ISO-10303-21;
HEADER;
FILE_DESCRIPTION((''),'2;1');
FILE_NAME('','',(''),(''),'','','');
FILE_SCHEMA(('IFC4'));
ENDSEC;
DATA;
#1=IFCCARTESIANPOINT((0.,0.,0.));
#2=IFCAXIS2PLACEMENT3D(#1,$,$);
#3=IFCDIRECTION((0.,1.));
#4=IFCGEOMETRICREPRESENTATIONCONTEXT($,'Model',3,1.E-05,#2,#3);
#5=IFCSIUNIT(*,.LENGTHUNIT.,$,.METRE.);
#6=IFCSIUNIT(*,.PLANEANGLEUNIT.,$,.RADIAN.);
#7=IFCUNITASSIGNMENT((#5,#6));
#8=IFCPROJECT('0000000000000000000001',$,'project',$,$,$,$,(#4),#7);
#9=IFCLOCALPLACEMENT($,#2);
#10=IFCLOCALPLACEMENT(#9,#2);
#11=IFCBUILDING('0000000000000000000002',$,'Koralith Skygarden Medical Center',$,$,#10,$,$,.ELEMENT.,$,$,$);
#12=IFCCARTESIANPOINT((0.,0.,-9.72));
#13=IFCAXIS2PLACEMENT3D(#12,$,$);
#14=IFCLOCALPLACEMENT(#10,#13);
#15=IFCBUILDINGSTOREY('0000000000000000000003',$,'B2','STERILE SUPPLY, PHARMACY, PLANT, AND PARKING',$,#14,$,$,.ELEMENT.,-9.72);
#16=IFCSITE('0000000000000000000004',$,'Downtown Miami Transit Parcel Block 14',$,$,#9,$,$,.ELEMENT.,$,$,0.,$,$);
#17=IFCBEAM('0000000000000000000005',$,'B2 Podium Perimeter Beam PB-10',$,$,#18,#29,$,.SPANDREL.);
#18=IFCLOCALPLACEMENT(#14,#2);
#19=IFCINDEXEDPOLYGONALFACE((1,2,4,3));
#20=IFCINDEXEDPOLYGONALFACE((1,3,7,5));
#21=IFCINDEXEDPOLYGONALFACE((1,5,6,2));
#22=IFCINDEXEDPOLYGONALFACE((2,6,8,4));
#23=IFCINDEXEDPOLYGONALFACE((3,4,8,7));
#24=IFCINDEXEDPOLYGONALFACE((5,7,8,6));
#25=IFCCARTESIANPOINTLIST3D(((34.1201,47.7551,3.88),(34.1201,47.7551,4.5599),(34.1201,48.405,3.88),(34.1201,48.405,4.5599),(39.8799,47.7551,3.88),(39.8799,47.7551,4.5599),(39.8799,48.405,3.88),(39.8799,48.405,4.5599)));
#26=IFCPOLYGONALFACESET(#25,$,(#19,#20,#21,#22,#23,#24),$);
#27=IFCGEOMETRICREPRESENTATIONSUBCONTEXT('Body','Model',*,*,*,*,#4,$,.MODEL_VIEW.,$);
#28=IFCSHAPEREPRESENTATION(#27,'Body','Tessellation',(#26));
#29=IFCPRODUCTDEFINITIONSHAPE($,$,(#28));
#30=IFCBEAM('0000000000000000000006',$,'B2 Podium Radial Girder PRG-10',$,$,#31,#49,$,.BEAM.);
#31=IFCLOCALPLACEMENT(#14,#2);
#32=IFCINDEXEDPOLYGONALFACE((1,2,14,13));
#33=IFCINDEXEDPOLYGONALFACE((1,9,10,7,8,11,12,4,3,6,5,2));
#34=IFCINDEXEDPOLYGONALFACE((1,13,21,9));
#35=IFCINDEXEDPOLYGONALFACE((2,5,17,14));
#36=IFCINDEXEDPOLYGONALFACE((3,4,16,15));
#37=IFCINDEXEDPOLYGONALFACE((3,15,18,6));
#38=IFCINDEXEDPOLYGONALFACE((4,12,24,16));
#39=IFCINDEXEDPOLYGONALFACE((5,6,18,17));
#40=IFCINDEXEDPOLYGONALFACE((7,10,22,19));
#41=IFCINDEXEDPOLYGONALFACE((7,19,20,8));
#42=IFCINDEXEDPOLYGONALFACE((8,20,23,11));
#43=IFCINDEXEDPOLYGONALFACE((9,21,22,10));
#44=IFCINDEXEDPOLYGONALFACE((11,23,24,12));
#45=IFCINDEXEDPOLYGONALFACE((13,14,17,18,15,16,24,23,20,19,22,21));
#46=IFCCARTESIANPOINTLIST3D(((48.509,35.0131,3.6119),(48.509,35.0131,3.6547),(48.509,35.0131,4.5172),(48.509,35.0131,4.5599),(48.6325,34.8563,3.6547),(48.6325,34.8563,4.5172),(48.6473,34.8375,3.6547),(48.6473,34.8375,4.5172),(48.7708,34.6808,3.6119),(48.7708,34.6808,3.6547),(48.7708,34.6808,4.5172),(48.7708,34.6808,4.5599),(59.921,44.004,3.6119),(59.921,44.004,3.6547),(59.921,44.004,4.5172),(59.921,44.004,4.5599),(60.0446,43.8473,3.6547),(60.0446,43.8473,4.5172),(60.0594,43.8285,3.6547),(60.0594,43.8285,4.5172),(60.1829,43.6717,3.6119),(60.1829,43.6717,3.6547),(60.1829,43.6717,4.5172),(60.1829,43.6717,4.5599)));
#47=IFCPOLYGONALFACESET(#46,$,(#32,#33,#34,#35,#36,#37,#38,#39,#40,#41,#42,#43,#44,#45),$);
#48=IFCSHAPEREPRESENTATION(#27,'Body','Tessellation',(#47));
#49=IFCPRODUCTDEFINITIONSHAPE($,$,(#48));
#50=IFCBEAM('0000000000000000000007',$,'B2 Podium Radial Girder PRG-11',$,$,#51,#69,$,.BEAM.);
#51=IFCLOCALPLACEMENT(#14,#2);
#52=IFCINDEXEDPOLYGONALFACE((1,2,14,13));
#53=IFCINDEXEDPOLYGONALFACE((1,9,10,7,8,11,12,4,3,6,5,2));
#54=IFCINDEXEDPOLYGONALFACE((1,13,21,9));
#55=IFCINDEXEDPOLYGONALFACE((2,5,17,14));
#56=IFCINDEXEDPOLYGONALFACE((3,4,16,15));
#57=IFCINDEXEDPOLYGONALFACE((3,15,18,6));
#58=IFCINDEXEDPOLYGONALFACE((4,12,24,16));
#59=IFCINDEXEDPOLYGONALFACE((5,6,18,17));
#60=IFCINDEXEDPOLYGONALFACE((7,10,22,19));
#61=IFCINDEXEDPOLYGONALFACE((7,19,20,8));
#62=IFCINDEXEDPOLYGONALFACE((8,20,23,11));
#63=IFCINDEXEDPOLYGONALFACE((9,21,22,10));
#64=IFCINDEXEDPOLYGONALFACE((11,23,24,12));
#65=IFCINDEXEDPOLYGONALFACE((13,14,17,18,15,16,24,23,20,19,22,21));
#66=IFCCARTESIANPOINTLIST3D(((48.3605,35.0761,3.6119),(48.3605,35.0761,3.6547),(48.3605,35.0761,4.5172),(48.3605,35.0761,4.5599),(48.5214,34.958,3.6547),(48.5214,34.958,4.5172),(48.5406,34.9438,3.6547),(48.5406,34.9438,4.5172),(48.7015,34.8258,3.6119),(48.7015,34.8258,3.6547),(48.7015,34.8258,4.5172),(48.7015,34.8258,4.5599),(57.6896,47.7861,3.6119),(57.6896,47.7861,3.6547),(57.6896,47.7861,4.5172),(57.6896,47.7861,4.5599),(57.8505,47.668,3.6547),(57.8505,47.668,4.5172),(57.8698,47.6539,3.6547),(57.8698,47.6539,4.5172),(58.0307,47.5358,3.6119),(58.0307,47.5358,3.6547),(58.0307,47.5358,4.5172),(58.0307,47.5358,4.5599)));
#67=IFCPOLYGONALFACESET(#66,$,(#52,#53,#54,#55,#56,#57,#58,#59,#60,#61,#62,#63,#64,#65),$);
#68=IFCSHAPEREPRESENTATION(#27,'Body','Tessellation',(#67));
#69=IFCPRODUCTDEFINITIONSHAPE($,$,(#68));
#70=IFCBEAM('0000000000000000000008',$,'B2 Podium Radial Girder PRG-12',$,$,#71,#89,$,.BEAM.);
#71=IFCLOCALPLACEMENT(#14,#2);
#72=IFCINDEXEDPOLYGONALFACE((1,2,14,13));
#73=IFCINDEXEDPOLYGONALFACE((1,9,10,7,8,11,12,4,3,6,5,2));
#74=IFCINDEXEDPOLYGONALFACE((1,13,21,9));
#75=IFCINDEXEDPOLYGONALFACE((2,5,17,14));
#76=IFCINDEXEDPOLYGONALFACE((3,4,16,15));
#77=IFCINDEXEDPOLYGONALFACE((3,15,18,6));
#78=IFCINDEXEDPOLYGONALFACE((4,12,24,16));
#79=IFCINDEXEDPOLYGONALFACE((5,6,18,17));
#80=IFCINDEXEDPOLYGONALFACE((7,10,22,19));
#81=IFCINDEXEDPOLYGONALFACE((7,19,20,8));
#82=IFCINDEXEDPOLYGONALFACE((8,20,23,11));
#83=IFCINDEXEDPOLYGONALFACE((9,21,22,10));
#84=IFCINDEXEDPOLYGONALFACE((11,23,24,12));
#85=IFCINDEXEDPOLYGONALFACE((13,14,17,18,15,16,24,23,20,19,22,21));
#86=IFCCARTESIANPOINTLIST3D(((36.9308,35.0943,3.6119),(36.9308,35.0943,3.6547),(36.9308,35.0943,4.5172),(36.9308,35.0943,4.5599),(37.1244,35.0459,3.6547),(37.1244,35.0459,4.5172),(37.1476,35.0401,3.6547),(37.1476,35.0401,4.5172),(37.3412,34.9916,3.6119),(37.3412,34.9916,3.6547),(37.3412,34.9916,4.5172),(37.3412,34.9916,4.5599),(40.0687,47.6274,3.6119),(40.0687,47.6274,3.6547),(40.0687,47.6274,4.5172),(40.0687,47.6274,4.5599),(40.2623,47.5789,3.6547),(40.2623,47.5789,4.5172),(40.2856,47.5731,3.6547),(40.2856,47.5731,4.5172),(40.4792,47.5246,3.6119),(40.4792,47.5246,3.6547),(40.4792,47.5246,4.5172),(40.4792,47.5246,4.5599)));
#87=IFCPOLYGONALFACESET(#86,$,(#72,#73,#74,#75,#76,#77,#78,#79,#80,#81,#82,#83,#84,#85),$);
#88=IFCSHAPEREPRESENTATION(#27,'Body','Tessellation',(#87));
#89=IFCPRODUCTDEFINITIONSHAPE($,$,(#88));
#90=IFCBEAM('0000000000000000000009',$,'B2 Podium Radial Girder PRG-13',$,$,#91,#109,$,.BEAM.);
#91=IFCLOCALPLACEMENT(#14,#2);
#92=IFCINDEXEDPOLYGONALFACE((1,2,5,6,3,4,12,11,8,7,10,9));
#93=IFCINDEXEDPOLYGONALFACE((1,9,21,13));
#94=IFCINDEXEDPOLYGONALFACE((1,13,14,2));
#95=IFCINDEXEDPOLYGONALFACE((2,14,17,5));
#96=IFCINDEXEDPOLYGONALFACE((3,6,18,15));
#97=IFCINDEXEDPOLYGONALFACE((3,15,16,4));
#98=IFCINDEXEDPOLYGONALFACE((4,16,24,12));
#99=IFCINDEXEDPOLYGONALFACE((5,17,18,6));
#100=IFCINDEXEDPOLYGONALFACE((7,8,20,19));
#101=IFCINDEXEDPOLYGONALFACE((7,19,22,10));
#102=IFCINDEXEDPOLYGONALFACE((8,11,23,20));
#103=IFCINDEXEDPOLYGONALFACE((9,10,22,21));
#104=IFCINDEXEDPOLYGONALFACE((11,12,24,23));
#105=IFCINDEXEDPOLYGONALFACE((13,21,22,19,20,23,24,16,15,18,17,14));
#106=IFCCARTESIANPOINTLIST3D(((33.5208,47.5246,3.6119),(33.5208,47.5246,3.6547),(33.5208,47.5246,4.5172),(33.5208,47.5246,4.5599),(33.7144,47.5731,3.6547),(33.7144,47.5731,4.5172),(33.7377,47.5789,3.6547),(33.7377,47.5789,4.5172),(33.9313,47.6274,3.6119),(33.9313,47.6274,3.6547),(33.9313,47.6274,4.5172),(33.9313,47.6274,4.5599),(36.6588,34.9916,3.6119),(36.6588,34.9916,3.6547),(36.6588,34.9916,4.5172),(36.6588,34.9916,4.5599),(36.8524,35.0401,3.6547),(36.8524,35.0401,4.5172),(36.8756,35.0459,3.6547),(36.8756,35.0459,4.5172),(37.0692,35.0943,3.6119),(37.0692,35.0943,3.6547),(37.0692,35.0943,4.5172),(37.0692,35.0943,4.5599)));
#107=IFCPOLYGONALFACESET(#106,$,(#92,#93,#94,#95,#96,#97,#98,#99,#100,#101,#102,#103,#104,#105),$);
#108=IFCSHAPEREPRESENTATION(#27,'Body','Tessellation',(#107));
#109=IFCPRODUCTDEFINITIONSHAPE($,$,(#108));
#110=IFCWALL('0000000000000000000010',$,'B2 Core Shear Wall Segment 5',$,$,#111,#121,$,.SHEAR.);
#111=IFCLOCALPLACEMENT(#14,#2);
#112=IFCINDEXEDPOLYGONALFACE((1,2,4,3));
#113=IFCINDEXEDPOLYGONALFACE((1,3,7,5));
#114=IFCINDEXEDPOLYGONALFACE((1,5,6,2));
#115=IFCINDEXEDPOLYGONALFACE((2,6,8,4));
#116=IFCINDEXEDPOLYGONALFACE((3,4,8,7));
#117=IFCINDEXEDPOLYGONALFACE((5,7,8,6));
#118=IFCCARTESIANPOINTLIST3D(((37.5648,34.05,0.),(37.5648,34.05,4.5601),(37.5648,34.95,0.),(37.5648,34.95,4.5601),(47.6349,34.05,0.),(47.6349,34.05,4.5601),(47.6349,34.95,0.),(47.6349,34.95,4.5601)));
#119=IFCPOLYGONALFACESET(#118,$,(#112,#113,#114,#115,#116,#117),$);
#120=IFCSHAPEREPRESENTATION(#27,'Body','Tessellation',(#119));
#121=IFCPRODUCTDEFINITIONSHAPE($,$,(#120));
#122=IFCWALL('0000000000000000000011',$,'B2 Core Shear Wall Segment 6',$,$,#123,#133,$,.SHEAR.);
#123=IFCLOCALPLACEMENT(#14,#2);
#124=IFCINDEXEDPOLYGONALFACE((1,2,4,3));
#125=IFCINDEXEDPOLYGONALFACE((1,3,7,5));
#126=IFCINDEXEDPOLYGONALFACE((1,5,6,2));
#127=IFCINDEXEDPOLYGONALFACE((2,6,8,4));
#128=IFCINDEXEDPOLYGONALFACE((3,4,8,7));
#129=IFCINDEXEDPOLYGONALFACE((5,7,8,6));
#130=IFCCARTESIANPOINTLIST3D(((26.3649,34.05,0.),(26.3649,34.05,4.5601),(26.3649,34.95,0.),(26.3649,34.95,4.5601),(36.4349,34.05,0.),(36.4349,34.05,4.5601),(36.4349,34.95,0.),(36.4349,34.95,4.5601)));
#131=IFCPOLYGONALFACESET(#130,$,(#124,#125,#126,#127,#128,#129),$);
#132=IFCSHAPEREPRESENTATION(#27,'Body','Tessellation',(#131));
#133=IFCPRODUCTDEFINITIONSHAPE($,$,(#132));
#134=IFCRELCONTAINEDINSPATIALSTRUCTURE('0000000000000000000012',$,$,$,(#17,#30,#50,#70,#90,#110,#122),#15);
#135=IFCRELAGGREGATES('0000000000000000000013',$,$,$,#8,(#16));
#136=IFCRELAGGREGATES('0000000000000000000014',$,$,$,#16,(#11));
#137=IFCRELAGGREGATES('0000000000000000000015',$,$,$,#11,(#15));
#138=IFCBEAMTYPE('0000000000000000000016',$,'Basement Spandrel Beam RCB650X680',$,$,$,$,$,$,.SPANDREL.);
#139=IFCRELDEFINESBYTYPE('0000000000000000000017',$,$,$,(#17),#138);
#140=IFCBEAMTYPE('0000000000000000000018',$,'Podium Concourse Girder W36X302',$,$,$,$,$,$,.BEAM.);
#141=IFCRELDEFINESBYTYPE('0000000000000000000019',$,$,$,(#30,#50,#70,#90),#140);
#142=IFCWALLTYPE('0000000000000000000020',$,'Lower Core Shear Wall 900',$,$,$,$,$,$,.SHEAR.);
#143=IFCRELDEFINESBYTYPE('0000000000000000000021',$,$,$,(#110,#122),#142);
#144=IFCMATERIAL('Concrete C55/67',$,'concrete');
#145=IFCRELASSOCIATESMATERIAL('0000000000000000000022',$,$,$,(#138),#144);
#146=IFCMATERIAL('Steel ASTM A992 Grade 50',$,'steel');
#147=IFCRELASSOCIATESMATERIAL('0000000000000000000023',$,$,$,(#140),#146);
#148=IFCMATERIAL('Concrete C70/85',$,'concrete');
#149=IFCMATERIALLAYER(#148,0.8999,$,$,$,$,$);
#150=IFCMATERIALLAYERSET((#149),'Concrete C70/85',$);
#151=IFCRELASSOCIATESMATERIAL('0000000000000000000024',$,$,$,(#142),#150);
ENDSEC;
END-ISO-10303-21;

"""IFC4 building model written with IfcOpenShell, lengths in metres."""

from ifc_helpers import new_model, si_unit, direction, frame, frame_2d, origin, origin_2d, place, context, subcontext, project, spatial, rectangle, i_section, extrude, material, layer, layer_set, material_profile, profile_set, type_object, element, save


model = new_model("IFC4")

# Units and contexts
model_context = context("Model", 3, precision=1e-05, world=origin(), true_north=direction((0.0, 1.0)))
body_context = subcontext(model_context, "Body", "Model", "MODEL_VIEW")
ifc_project = project(units=[si_unit("LENGTHUNIT", "METRE"), si_unit("PLANEANGLEUNIT", "RADIAN")], contexts=[model_context])

# Site, building, storey
site_placement = place(None, origin())
site = spatial("IfcSite", under=ifc_project, at=site_placement, Name="Downtown Miami Transit Parcel Block 14", CompositionType="ELEMENT", RefElevation=0.0)
building_placement = place(site_placement, origin())
building = spatial("IfcBuilding", under=site, at=building_placement, Name="Koralith Skygarden Medical Center", CompositionType="ELEMENT")
storey_placement = place(building_placement, frame((0.0, 0.0, -9.72)))
storey = spatial("IfcBuildingStorey", under=building, at=storey_placement, Name="B2", Description="STERILE SUPPLY, PHARMACY, PLANT, AND PARKING", CompositionType="ELEMENT", Elevation=-9.72)

# Shared definitions
ifc_material_1 = material(Name="Concrete C70/85", Category="concrete")

# Beams
ifc_material_2 = material(Name="Concrete C55/67", Category="concrete")
ifc_material_profile_1 = material_profile(ifc_material_2, rectangle(XDim=0.6499, YDim=0.6799, at=origin_2d()), Name="RCB650X680")
ifc_profile_set_1 = profile_set([ifc_material_profile_1], Name="Concrete C55/67")
beam_type_1 = type_object("IfcBeamType", Name="Basement Spandrel Beam RCB650X680", PredefinedType="SPANDREL", material=ifc_profile_set_1)
beam_1_placement = place(storey_placement, frame((39.8799, 48.0801, 4.22), z_axis=(-1.0, 0.0, 0.0), x_axis=(0.0, -1.0, 0.0)))
element("IfcBeam", 1, at=beam_1_placement, inside=storey, type_object=beam_type_1, Name="B2 Podium Perimeter Beam PB-10", PredefinedType="SPANDREL", context=body_context, shape_type="SweptSolid", body=[
    extrude(rectangle(XDim=0.6499, YDim=0.6799, at=origin_2d()), origin(), (0.0, 0.0, 1.0), 5.7598),
])
ifc_material_3 = material(Name="Steel ASTM A992 Grade 50", Category="steel")
ifc_material_profile_2 = material_profile(ifc_material_3, i_section(OverallWidth=0.4231, OverallDepth=0.948, WebThickness=0.0239, FlangeThickness=0.0427, at=origin_2d()), Name="W36X302")
ifc_profile_set_2 = profile_set([ifc_material_profile_2], Name="Steel ASTM A992 Grade 50")
beam_type_2 = type_object("IfcBeamType", Name="Podium Concourse Girder W36X302", PredefinedType="BEAM", material=ifc_profile_set_2)
beam_2_placement = place(storey_placement, frame((48.6399, 34.8469, 4.0859), z_axis=(0.785505, 0.618856, 0.0), x_axis=(-0.618856, 0.785505, 0.0)))
element("IfcBeam", 2, at=beam_2_placement, inside=storey, type_object=beam_type_2, Name="B2 Podium Radial Girder PRG-10", PredefinedType="BEAM", context=body_context, shape_type="SweptSolid", body=[
    extrude(i_section(OverallWidth=0.4231, OverallDepth=0.948, WebThickness=0.0239, FlangeThickness=0.0427, at=origin_2d()), origin(), (0.0, 0.0, 1.0), 14.5283),
])
beam_3_placement = place(storey_placement, frame((48.531, 34.9509, 4.0859), z_axis=(0.591713, 0.806149, 0.0), x_axis=(-0.806149, 0.591713, 0.0)))
element("IfcBeam", 3, at=beam_3_placement, inside=storey, type_object=beam_type_2, Name="B2 Podium Radial Girder PRG-11", PredefinedType="BEAM", context=body_context, shape_type="SweptSolid", body=[
    extrude(i_section(OverallWidth=0.4231, OverallDepth=0.948, WebThickness=0.0239, FlangeThickness=0.0427, at=origin_2d()), origin(), (0.0, 0.0, 1.0), 15.7664),
])
for number, where, z_axis, x_axis, name in (
    (4, (37.136, 35.043, 4.0859), (0.242878, 0.970057, 0.0), (-0.970057, 0.242878, 0.0), "B2 Podium Radial Girder PRG-12"),
    (5, (36.864, 35.043, 4.0859), (-0.242878, 0.970057, 0.0), (-0.970057, -0.242878, 0.0), "B2 Podium Radial Girder PRG-13"),
):
    element("IfcBeam", number, at=place(storey_placement, frame(where, z_axis=z_axis, x_axis=x_axis)), inside=storey, type_object=beam_type_2, Name=name, PredefinedType="BEAM", context=body_context, shape_type="SweptSolid", body=[
        extrude(i_section(OverallWidth=0.4231, OverallDepth=0.948, WebThickness=0.0239, FlangeThickness=0.0427, at=origin_2d()), origin(), (0.0, 0.0, 1.0), 12.9199),
    ])

# Walls
ifc_layer = layer(ifc_material_1, 0.8999)
ifc_layer_set = layer_set([ifc_layer], Name="Concrete C70/85")
wall_type = type_object("IfcWallType", Name="Lower Core Shear Wall 900", PredefinedType="SHEAR", material=ifc_layer_set)
for number, where, z_axis, x_axis, name in (
    (6, (47.635, 34.5, 0.0), (0.0, 0.0, 1.0), (-1.0, 0.0, 0.0), "B2 Core Shear Wall Segment 5"),
    (7, (36.4351, 34.5, 0.0), (0.0, 0.0, 1.0), (-1.0, 0.0, 0.0), "B2 Core Shear Wall Segment 6"),
):
    element("IfcWall", number, at=place(storey_placement, frame(where, z_axis=z_axis, x_axis=x_axis)), inside=storey, type_object=wall_type, Name=name, PredefinedType="SHEAR", context=body_context, shape_type="SweptSolid", body=[
        extrude(rectangle(XDim=10.0701, YDim=0.8999, at=frame_2d((5.0352, 0.0))), origin(), (0.0, 0.0, 1.0), 4.5601),
    ])

save(model, "model.ifc")
